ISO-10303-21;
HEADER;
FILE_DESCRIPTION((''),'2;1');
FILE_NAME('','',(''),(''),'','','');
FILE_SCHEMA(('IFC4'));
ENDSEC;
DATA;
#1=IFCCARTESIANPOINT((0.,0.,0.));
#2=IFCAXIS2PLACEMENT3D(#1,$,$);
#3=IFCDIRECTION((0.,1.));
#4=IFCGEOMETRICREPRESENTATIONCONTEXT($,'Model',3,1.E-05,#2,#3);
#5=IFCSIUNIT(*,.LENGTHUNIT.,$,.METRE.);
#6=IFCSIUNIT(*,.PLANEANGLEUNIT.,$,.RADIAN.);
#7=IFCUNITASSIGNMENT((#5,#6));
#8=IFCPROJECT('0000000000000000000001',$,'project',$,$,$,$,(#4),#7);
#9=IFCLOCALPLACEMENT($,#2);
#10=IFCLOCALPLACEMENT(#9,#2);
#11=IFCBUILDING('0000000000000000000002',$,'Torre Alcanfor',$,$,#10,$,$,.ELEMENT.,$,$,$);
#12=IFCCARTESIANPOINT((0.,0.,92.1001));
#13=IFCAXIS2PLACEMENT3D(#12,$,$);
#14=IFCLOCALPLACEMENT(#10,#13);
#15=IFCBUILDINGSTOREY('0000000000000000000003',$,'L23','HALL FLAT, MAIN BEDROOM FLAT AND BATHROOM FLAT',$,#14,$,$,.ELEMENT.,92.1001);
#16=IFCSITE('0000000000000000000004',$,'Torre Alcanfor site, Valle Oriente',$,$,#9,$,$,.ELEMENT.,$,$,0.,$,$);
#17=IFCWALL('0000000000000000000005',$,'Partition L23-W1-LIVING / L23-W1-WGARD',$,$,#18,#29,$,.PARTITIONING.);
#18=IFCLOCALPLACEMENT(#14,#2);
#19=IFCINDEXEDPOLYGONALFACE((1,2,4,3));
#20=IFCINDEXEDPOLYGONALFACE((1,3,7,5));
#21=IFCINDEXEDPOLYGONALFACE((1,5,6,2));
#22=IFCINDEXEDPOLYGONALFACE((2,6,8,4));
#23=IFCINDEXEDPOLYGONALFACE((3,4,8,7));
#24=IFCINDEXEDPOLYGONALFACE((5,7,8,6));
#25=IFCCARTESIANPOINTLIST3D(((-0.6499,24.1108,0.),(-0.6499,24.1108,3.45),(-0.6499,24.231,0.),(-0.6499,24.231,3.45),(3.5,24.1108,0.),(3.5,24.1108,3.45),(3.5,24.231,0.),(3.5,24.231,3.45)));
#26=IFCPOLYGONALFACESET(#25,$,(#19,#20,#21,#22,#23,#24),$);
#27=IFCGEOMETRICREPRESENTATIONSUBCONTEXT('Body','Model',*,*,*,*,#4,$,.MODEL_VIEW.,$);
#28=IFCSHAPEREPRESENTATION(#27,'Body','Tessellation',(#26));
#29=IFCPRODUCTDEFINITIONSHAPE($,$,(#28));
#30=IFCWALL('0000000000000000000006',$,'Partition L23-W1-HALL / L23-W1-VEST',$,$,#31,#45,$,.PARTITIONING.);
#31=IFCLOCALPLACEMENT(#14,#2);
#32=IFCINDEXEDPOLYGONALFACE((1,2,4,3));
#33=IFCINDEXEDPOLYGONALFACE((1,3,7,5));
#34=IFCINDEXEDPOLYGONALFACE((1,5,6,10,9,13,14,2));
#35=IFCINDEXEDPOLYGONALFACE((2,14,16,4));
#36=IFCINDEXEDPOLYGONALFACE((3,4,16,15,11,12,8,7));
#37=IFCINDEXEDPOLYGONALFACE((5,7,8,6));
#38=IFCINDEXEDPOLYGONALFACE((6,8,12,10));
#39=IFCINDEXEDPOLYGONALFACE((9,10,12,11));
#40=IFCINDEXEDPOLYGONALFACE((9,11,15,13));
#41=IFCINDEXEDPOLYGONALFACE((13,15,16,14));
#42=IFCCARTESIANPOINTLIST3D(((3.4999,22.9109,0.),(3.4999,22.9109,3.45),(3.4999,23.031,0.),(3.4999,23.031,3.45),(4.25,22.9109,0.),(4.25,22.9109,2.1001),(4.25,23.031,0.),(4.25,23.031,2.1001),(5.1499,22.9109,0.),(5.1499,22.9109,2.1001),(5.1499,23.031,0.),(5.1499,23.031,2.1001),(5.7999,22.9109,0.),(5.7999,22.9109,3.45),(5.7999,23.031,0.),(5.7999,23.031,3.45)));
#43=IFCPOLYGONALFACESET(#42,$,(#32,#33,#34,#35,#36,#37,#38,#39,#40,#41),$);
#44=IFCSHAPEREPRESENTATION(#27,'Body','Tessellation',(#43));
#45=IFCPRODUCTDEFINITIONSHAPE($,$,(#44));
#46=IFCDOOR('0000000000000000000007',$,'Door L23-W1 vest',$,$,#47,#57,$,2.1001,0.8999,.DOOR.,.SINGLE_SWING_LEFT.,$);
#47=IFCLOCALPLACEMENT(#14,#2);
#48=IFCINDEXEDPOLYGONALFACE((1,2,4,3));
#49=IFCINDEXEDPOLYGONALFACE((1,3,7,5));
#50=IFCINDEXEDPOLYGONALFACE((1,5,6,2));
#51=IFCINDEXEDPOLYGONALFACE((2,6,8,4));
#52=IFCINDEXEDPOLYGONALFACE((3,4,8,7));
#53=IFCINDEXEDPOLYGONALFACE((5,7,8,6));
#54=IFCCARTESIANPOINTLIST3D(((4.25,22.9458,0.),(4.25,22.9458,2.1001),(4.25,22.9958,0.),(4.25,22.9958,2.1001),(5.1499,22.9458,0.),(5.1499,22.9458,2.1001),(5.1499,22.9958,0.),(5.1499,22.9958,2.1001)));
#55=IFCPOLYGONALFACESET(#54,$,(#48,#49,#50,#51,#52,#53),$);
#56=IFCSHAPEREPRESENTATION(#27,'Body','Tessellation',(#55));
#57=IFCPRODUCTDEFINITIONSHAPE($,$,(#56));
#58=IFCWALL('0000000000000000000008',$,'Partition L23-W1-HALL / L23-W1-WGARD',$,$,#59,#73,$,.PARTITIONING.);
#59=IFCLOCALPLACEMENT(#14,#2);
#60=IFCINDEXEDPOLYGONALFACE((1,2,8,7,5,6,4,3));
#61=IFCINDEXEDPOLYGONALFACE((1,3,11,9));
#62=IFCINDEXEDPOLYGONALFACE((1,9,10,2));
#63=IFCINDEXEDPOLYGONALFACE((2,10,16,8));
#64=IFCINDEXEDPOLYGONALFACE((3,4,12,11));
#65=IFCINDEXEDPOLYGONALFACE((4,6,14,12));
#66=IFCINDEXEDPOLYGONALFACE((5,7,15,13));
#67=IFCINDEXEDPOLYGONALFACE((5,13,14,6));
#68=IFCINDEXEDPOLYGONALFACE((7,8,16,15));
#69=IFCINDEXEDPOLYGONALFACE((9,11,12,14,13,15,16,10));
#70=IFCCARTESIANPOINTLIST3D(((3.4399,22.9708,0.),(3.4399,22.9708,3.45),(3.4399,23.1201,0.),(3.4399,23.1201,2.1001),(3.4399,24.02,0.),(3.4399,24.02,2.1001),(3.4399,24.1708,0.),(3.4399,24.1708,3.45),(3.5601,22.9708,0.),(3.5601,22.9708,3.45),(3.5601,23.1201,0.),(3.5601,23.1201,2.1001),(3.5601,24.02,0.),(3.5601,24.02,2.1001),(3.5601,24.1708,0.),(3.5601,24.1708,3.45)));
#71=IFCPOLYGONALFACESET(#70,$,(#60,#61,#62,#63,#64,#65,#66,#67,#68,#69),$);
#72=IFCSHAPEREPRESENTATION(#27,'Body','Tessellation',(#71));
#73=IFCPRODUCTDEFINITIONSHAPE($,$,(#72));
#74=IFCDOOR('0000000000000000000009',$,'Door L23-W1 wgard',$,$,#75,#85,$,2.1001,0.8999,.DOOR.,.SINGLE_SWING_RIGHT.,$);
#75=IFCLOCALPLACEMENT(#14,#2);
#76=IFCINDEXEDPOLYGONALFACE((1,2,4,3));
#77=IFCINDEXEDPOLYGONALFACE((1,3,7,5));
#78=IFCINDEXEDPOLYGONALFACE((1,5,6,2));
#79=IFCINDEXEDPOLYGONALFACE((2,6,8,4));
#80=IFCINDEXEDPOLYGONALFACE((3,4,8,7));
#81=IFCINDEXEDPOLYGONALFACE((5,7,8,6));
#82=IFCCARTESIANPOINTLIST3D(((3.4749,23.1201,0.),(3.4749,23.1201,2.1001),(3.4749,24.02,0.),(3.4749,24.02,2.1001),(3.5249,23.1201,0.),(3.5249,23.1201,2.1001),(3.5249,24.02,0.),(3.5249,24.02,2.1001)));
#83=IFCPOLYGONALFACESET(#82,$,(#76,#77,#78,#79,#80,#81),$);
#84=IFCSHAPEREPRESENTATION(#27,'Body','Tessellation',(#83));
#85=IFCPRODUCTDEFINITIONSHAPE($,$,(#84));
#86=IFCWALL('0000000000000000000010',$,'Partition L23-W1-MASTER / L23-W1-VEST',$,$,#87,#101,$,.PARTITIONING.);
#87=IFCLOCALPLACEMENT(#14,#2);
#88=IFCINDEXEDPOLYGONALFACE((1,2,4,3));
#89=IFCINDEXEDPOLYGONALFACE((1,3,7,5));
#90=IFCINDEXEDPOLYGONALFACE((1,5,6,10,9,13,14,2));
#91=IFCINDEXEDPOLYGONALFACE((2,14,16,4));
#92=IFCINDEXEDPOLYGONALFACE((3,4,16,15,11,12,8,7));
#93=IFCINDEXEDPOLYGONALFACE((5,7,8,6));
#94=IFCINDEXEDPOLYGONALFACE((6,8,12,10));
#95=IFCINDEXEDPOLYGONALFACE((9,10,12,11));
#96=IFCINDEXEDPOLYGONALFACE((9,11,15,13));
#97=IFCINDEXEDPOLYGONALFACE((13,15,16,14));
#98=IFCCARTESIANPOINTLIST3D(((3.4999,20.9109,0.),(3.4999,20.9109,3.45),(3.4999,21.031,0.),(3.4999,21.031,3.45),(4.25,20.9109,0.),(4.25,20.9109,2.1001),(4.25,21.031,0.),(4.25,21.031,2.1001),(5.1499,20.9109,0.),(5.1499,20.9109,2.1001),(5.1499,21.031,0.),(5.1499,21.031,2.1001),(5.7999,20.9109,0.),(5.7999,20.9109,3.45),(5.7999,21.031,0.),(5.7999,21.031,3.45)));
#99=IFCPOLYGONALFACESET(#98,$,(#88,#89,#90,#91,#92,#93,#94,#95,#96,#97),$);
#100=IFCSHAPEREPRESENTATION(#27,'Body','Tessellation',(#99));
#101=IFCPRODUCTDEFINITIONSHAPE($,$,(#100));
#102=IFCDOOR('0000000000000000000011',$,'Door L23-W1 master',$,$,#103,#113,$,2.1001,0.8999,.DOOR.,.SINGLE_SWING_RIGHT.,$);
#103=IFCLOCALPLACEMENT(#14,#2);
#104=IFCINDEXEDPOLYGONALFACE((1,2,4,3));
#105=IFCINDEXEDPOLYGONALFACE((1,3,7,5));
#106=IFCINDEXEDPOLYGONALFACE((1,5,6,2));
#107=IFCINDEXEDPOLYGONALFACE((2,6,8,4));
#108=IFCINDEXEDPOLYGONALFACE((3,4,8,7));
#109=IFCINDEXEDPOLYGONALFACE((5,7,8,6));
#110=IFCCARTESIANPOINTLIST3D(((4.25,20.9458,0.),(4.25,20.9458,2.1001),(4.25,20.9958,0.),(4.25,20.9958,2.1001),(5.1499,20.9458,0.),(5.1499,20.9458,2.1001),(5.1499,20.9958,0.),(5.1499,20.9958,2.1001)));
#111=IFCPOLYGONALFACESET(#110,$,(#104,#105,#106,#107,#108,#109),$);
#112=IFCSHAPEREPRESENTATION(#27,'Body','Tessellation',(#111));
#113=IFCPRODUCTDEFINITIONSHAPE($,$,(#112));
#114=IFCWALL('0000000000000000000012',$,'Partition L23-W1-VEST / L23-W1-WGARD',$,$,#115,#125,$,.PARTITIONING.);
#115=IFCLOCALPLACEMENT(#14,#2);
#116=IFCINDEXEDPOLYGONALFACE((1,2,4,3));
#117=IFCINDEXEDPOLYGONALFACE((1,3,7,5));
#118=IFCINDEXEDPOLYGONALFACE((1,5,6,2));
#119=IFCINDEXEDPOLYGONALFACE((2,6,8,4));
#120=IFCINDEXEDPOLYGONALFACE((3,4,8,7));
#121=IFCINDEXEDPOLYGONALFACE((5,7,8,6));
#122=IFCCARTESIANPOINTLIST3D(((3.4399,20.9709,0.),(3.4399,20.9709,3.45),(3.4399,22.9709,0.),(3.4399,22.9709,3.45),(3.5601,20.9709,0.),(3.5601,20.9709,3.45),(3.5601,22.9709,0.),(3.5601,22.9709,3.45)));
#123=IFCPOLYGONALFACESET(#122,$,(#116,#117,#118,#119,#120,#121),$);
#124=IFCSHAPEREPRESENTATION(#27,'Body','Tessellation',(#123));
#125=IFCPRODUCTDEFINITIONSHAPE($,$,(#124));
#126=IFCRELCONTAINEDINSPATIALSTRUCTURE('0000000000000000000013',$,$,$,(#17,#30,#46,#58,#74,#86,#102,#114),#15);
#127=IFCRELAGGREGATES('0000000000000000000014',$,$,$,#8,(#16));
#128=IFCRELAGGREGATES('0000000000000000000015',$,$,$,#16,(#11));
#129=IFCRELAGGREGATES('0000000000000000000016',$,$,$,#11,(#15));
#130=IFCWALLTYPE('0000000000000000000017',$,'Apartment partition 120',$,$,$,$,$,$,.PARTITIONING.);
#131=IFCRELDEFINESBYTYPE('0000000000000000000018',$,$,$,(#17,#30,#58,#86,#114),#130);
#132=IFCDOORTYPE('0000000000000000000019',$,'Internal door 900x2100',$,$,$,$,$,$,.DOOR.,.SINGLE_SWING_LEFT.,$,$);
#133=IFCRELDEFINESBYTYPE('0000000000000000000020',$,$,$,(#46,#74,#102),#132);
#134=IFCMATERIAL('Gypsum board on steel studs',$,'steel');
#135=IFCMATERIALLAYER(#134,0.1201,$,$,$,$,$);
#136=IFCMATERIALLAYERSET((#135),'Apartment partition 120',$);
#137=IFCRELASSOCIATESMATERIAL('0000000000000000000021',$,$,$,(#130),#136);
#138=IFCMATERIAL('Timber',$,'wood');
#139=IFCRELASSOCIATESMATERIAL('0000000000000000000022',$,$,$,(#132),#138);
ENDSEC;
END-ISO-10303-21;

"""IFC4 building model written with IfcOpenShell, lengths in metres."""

from ifc_helpers import new_model, si_unit, direction, frame, frame_2d, origin, place, context, subcontext, project, spatial, rectangle, extrude, material, layer, layer_set, type_object, element, fill, save


model = new_model("IFC4")

# Units and contexts
model_context = context("Model", 3, precision=1e-05, world=origin(), true_north=direction((0.0, 1.0)))
body_context = subcontext(model_context, "Body", "Model", "MODEL_VIEW")
ifc_project = project(units=[si_unit("LENGTHUNIT", "METRE"), si_unit("PLANEANGLEUNIT", "RADIAN")], contexts=[model_context])

# Site, building, storey
site_placement = place(None, origin())
site = spatial("IfcSite", under=ifc_project, at=site_placement, Name="Torre Alcanfor site, Valle Oriente", CompositionType="ELEMENT", RefElevation=0.0)
building_placement = place(site_placement, origin())
building = spatial("IfcBuilding", under=site, at=building_placement, Name="Torre Alcanfor", CompositionType="ELEMENT")
storey_placement = place(building_placement, frame((0.0, 0.0, 92.1001)))
storey = spatial("IfcBuildingStorey", under=building, at=storey_placement, Name="L23", Description="HALL FLAT, MAIN BEDROOM FLAT AND BATHROOM FLAT", CompositionType="ELEMENT", Elevation=92.1001)

# Shared definitions
ifc_material_1 = material(Name="Gypsum board on steel studs", Category="steel")
ifc_layer_1 = layer(ifc_material_1, 0.1201)
ifc_layer_set_1 = layer_set([ifc_layer_1], Name="Apartment partition 120")
wall_type = type_object("IfcWallType", Name="Apartment partition 120", PredefinedType="PARTITIONING", material=ifc_layer_set_1)
ifc_material_2 = material(Name="Timber", Category="wood")
door_type = type_object("IfcDoorType", Name="Internal door 900x2100", OperationType="SINGLE_SWING_LEFT", PredefinedType="DOOR", material=ifc_material_2)

# Wall
wall_1_placement = place(storey_placement, frame((-0.6499, 24.1709, 0.0), z_axis=(0.0, 0.0, 1.0), x_axis=(1.0, 0.0, 0.0)))
element("IfcWall", 1, at=wall_1_placement, inside=storey, type_object=wall_type, Name="Partition L23-W1-LIVING / L23-W1-WGARD", PredefinedType="PARTITIONING", context=body_context, shape_type="SweptSolid", body=[
    extrude(rectangle(XDim=4.1499, YDim=0.1201, at=frame_2d((2.075, 0.0))), origin(), (0.0, 0.0, 1.0), 3.45),
])

# Walls, openings, doors
wall_2_placement = place(storey_placement, frame((3.5, 22.9709, 0.0), z_axis=(0.0, 0.0, 1.0), x_axis=(1.0, 0.0, 0.0)))
wall_2 = element("IfcWall", 2, at=wall_2_placement, inside=storey, type_object=wall_type, Name="Partition L23-W1-HALL / L23-W1-VEST", PredefinedType="PARTITIONING", context=body_context, shape_type="SweptSolid", body=[
    extrude(rectangle(XDim=2.3, YDim=0.1201, at=frame_2d((1.1499, 0.0))), origin(), (0.0, 0.0, 1.0), 3.45),
])
opening_1_placement = place(wall_2_placement, frame((0.75, 0.0, 0.0)))
opening_1 = element("IfcOpeningElement", 3, at=opening_1_placement, cuts=wall_2, PredefinedType="OPENING", context=body_context, shape_type="SweptSolid", body=[
    extrude(rectangle(XDim=0.8999, YDim=2.1001, at=frame_2d((0.45, 1.05))), frame((0.0, 0.0701, 0.0), z_axis=(0.0, -1.0, 0.0), x_axis=(1.0, 0.0, 0.0)), (0.0, 0.0, 1.0), 0.1401),
])
door_1_placement = place(opening_1_placement, frame((0.8999, 0.0, 0.0), z_axis=(0.0, 0.0, 1.0), x_axis=(-1.0, 0.0, 0.0)))
door_1 = element("IfcDoor", 4, at=door_1_placement, inside=storey, type_object=door_type, Name="Door L23-W1 vest", OperationType="SINGLE_SWING_LEFT", OverallHeight=2.1001, OverallWidth=0.8999, PredefinedType="DOOR", context=body_context, shape_type="SweptSolid", body=[
    extrude(rectangle(XDim=0.8999, YDim=2.1001, at=frame_2d((0.45, 1.05))), frame((0.0, 0.0251, 0.0), z_axis=(0.0, -1.0, 0.0), x_axis=(1.0, 0.0, 0.0)), (0.0, 0.0, 1.0), 0.05),
])
fill(opening_1, door_1)
wall_3_placement = place(storey_placement, frame((3.5, 24.1709, 0.0), z_axis=(0.0, 0.0, 1.0), x_axis=(0.0, -1.0, 0.0)))
wall_3 = element("IfcWall", 5, at=wall_3_placement, inside=storey, type_object=wall_type, Name="Partition L23-W1-HALL / L23-W1-WGARD", PredefinedType="PARTITIONING", context=body_context, shape_type="SweptSolid", body=[
    extrude(rectangle(XDim=1.2, YDim=0.1201, at=frame_2d((0.6001, 0.0))), origin(), (0.0, 0.0, 1.0), 3.45),
])
opening_2_placement = place(wall_3_placement, frame((0.1509, 0.0, 0.0)))
opening_2 = element("IfcOpeningElement", 6, at=opening_2_placement, cuts=wall_3, PredefinedType="OPENING", context=body_context, shape_type="SweptSolid", body=[
    extrude(rectangle(XDim=0.8999, YDim=2.1001, at=frame_2d((0.45, 1.05))), frame((0.0, 0.0701, 0.0), z_axis=(0.0, -1.0, 0.0), x_axis=(1.0, 0.0, 0.0)), (0.0, 0.0, 1.0), 0.1401),
])
door_2_placement = place(opening_2_placement, frame((0.8999, 0.0, 0.0), z_axis=(0.0, 0.0, 1.0), x_axis=(-1.0, 0.0, 0.0)))
door_2 = element("IfcDoor", 7, at=door_2_placement, inside=storey, type_object=door_type, Name="Door L23-W1 wgard", OperationType="SINGLE_SWING_RIGHT", OverallHeight=2.1001, OverallWidth=0.8999, PredefinedType="DOOR", context=body_context, shape_type="SweptSolid", body=[
    extrude(rectangle(XDim=0.8999, YDim=2.1001, at=frame_2d((0.45, 1.05))), frame((0.0, 0.0251, 0.0), z_axis=(0.0, -1.0, 0.0), x_axis=(1.0, 0.0, 0.0)), (0.0, 0.0, 1.0), 0.05),
])
fill(opening_2, door_2)
wall_4_placement = place(storey_placement, frame((3.5, 20.9709, 0.0), z_axis=(0.0, 0.0, 1.0), x_axis=(1.0, 0.0, 0.0)))
wall_4 = element("IfcWall", 8, at=wall_4_placement, inside=storey, type_object=wall_type, Name="Partition L23-W1-MASTER / L23-W1-VEST", PredefinedType="PARTITIONING", context=body_context, shape_type="SweptSolid", body=[
    extrude(rectangle(XDim=2.3, YDim=0.1201, at=frame_2d((1.1499, 0.0))), origin(), (0.0, 0.0, 1.0), 3.45),
])
opening_3_placement = place(wall_4_placement, frame((0.75, 0.0, 0.0)))
opening_3 = element("IfcOpeningElement", 9, at=opening_3_placement, cuts=wall_4, PredefinedType="OPENING", context=body_context, shape_type="SweptSolid", body=[
    extrude(rectangle(XDim=0.8999, YDim=2.1001, at=frame_2d((0.45, 1.05))), frame((0.0, 0.0701, 0.0), z_axis=(0.0, -1.0, 0.0), x_axis=(1.0, 0.0, 0.0)), (0.0, 0.0, 1.0), 0.1401),
])
door_3_placement = place(opening_3_placement, origin())
door_3 = element("IfcDoor", 10, at=door_3_placement, inside=storey, type_object=door_type, Name="Door L23-W1 master", OperationType="SINGLE_SWING_RIGHT", OverallHeight=2.1001, OverallWidth=0.8999, PredefinedType="DOOR", context=body_context, shape_type="SweptSolid", body=[
    extrude(rectangle(XDim=0.8999, YDim=2.1001, at=frame_2d((0.45, 1.05))), frame((0.0, 0.0249, 0.0), z_axis=(0.0, -1.0, 0.0), x_axis=(1.0, 0.0, 0.0)), (0.0, 0.0, 1.0), 0.05),
])
fill(opening_3, door_3)

# Wall
wall_5_placement = place(storey_placement, frame((3.5, 22.9709, 0.0), z_axis=(0.0, 0.0, 1.0), x_axis=(0.0, -1.0, 0.0)))
element("IfcWall", 11, at=wall_5_placement, inside=storey, type_object=wall_type, Name="Partition L23-W1-VEST / L23-W1-WGARD", PredefinedType="PARTITIONING", context=body_context, shape_type="SweptSolid", body=[
    extrude(rectangle(XDim=2.0, YDim=0.1201, at=frame_2d((1.0, 0.0))), origin(), (0.0, 0.0, 1.0), 3.45),
])

save(model, "model.ifc")
